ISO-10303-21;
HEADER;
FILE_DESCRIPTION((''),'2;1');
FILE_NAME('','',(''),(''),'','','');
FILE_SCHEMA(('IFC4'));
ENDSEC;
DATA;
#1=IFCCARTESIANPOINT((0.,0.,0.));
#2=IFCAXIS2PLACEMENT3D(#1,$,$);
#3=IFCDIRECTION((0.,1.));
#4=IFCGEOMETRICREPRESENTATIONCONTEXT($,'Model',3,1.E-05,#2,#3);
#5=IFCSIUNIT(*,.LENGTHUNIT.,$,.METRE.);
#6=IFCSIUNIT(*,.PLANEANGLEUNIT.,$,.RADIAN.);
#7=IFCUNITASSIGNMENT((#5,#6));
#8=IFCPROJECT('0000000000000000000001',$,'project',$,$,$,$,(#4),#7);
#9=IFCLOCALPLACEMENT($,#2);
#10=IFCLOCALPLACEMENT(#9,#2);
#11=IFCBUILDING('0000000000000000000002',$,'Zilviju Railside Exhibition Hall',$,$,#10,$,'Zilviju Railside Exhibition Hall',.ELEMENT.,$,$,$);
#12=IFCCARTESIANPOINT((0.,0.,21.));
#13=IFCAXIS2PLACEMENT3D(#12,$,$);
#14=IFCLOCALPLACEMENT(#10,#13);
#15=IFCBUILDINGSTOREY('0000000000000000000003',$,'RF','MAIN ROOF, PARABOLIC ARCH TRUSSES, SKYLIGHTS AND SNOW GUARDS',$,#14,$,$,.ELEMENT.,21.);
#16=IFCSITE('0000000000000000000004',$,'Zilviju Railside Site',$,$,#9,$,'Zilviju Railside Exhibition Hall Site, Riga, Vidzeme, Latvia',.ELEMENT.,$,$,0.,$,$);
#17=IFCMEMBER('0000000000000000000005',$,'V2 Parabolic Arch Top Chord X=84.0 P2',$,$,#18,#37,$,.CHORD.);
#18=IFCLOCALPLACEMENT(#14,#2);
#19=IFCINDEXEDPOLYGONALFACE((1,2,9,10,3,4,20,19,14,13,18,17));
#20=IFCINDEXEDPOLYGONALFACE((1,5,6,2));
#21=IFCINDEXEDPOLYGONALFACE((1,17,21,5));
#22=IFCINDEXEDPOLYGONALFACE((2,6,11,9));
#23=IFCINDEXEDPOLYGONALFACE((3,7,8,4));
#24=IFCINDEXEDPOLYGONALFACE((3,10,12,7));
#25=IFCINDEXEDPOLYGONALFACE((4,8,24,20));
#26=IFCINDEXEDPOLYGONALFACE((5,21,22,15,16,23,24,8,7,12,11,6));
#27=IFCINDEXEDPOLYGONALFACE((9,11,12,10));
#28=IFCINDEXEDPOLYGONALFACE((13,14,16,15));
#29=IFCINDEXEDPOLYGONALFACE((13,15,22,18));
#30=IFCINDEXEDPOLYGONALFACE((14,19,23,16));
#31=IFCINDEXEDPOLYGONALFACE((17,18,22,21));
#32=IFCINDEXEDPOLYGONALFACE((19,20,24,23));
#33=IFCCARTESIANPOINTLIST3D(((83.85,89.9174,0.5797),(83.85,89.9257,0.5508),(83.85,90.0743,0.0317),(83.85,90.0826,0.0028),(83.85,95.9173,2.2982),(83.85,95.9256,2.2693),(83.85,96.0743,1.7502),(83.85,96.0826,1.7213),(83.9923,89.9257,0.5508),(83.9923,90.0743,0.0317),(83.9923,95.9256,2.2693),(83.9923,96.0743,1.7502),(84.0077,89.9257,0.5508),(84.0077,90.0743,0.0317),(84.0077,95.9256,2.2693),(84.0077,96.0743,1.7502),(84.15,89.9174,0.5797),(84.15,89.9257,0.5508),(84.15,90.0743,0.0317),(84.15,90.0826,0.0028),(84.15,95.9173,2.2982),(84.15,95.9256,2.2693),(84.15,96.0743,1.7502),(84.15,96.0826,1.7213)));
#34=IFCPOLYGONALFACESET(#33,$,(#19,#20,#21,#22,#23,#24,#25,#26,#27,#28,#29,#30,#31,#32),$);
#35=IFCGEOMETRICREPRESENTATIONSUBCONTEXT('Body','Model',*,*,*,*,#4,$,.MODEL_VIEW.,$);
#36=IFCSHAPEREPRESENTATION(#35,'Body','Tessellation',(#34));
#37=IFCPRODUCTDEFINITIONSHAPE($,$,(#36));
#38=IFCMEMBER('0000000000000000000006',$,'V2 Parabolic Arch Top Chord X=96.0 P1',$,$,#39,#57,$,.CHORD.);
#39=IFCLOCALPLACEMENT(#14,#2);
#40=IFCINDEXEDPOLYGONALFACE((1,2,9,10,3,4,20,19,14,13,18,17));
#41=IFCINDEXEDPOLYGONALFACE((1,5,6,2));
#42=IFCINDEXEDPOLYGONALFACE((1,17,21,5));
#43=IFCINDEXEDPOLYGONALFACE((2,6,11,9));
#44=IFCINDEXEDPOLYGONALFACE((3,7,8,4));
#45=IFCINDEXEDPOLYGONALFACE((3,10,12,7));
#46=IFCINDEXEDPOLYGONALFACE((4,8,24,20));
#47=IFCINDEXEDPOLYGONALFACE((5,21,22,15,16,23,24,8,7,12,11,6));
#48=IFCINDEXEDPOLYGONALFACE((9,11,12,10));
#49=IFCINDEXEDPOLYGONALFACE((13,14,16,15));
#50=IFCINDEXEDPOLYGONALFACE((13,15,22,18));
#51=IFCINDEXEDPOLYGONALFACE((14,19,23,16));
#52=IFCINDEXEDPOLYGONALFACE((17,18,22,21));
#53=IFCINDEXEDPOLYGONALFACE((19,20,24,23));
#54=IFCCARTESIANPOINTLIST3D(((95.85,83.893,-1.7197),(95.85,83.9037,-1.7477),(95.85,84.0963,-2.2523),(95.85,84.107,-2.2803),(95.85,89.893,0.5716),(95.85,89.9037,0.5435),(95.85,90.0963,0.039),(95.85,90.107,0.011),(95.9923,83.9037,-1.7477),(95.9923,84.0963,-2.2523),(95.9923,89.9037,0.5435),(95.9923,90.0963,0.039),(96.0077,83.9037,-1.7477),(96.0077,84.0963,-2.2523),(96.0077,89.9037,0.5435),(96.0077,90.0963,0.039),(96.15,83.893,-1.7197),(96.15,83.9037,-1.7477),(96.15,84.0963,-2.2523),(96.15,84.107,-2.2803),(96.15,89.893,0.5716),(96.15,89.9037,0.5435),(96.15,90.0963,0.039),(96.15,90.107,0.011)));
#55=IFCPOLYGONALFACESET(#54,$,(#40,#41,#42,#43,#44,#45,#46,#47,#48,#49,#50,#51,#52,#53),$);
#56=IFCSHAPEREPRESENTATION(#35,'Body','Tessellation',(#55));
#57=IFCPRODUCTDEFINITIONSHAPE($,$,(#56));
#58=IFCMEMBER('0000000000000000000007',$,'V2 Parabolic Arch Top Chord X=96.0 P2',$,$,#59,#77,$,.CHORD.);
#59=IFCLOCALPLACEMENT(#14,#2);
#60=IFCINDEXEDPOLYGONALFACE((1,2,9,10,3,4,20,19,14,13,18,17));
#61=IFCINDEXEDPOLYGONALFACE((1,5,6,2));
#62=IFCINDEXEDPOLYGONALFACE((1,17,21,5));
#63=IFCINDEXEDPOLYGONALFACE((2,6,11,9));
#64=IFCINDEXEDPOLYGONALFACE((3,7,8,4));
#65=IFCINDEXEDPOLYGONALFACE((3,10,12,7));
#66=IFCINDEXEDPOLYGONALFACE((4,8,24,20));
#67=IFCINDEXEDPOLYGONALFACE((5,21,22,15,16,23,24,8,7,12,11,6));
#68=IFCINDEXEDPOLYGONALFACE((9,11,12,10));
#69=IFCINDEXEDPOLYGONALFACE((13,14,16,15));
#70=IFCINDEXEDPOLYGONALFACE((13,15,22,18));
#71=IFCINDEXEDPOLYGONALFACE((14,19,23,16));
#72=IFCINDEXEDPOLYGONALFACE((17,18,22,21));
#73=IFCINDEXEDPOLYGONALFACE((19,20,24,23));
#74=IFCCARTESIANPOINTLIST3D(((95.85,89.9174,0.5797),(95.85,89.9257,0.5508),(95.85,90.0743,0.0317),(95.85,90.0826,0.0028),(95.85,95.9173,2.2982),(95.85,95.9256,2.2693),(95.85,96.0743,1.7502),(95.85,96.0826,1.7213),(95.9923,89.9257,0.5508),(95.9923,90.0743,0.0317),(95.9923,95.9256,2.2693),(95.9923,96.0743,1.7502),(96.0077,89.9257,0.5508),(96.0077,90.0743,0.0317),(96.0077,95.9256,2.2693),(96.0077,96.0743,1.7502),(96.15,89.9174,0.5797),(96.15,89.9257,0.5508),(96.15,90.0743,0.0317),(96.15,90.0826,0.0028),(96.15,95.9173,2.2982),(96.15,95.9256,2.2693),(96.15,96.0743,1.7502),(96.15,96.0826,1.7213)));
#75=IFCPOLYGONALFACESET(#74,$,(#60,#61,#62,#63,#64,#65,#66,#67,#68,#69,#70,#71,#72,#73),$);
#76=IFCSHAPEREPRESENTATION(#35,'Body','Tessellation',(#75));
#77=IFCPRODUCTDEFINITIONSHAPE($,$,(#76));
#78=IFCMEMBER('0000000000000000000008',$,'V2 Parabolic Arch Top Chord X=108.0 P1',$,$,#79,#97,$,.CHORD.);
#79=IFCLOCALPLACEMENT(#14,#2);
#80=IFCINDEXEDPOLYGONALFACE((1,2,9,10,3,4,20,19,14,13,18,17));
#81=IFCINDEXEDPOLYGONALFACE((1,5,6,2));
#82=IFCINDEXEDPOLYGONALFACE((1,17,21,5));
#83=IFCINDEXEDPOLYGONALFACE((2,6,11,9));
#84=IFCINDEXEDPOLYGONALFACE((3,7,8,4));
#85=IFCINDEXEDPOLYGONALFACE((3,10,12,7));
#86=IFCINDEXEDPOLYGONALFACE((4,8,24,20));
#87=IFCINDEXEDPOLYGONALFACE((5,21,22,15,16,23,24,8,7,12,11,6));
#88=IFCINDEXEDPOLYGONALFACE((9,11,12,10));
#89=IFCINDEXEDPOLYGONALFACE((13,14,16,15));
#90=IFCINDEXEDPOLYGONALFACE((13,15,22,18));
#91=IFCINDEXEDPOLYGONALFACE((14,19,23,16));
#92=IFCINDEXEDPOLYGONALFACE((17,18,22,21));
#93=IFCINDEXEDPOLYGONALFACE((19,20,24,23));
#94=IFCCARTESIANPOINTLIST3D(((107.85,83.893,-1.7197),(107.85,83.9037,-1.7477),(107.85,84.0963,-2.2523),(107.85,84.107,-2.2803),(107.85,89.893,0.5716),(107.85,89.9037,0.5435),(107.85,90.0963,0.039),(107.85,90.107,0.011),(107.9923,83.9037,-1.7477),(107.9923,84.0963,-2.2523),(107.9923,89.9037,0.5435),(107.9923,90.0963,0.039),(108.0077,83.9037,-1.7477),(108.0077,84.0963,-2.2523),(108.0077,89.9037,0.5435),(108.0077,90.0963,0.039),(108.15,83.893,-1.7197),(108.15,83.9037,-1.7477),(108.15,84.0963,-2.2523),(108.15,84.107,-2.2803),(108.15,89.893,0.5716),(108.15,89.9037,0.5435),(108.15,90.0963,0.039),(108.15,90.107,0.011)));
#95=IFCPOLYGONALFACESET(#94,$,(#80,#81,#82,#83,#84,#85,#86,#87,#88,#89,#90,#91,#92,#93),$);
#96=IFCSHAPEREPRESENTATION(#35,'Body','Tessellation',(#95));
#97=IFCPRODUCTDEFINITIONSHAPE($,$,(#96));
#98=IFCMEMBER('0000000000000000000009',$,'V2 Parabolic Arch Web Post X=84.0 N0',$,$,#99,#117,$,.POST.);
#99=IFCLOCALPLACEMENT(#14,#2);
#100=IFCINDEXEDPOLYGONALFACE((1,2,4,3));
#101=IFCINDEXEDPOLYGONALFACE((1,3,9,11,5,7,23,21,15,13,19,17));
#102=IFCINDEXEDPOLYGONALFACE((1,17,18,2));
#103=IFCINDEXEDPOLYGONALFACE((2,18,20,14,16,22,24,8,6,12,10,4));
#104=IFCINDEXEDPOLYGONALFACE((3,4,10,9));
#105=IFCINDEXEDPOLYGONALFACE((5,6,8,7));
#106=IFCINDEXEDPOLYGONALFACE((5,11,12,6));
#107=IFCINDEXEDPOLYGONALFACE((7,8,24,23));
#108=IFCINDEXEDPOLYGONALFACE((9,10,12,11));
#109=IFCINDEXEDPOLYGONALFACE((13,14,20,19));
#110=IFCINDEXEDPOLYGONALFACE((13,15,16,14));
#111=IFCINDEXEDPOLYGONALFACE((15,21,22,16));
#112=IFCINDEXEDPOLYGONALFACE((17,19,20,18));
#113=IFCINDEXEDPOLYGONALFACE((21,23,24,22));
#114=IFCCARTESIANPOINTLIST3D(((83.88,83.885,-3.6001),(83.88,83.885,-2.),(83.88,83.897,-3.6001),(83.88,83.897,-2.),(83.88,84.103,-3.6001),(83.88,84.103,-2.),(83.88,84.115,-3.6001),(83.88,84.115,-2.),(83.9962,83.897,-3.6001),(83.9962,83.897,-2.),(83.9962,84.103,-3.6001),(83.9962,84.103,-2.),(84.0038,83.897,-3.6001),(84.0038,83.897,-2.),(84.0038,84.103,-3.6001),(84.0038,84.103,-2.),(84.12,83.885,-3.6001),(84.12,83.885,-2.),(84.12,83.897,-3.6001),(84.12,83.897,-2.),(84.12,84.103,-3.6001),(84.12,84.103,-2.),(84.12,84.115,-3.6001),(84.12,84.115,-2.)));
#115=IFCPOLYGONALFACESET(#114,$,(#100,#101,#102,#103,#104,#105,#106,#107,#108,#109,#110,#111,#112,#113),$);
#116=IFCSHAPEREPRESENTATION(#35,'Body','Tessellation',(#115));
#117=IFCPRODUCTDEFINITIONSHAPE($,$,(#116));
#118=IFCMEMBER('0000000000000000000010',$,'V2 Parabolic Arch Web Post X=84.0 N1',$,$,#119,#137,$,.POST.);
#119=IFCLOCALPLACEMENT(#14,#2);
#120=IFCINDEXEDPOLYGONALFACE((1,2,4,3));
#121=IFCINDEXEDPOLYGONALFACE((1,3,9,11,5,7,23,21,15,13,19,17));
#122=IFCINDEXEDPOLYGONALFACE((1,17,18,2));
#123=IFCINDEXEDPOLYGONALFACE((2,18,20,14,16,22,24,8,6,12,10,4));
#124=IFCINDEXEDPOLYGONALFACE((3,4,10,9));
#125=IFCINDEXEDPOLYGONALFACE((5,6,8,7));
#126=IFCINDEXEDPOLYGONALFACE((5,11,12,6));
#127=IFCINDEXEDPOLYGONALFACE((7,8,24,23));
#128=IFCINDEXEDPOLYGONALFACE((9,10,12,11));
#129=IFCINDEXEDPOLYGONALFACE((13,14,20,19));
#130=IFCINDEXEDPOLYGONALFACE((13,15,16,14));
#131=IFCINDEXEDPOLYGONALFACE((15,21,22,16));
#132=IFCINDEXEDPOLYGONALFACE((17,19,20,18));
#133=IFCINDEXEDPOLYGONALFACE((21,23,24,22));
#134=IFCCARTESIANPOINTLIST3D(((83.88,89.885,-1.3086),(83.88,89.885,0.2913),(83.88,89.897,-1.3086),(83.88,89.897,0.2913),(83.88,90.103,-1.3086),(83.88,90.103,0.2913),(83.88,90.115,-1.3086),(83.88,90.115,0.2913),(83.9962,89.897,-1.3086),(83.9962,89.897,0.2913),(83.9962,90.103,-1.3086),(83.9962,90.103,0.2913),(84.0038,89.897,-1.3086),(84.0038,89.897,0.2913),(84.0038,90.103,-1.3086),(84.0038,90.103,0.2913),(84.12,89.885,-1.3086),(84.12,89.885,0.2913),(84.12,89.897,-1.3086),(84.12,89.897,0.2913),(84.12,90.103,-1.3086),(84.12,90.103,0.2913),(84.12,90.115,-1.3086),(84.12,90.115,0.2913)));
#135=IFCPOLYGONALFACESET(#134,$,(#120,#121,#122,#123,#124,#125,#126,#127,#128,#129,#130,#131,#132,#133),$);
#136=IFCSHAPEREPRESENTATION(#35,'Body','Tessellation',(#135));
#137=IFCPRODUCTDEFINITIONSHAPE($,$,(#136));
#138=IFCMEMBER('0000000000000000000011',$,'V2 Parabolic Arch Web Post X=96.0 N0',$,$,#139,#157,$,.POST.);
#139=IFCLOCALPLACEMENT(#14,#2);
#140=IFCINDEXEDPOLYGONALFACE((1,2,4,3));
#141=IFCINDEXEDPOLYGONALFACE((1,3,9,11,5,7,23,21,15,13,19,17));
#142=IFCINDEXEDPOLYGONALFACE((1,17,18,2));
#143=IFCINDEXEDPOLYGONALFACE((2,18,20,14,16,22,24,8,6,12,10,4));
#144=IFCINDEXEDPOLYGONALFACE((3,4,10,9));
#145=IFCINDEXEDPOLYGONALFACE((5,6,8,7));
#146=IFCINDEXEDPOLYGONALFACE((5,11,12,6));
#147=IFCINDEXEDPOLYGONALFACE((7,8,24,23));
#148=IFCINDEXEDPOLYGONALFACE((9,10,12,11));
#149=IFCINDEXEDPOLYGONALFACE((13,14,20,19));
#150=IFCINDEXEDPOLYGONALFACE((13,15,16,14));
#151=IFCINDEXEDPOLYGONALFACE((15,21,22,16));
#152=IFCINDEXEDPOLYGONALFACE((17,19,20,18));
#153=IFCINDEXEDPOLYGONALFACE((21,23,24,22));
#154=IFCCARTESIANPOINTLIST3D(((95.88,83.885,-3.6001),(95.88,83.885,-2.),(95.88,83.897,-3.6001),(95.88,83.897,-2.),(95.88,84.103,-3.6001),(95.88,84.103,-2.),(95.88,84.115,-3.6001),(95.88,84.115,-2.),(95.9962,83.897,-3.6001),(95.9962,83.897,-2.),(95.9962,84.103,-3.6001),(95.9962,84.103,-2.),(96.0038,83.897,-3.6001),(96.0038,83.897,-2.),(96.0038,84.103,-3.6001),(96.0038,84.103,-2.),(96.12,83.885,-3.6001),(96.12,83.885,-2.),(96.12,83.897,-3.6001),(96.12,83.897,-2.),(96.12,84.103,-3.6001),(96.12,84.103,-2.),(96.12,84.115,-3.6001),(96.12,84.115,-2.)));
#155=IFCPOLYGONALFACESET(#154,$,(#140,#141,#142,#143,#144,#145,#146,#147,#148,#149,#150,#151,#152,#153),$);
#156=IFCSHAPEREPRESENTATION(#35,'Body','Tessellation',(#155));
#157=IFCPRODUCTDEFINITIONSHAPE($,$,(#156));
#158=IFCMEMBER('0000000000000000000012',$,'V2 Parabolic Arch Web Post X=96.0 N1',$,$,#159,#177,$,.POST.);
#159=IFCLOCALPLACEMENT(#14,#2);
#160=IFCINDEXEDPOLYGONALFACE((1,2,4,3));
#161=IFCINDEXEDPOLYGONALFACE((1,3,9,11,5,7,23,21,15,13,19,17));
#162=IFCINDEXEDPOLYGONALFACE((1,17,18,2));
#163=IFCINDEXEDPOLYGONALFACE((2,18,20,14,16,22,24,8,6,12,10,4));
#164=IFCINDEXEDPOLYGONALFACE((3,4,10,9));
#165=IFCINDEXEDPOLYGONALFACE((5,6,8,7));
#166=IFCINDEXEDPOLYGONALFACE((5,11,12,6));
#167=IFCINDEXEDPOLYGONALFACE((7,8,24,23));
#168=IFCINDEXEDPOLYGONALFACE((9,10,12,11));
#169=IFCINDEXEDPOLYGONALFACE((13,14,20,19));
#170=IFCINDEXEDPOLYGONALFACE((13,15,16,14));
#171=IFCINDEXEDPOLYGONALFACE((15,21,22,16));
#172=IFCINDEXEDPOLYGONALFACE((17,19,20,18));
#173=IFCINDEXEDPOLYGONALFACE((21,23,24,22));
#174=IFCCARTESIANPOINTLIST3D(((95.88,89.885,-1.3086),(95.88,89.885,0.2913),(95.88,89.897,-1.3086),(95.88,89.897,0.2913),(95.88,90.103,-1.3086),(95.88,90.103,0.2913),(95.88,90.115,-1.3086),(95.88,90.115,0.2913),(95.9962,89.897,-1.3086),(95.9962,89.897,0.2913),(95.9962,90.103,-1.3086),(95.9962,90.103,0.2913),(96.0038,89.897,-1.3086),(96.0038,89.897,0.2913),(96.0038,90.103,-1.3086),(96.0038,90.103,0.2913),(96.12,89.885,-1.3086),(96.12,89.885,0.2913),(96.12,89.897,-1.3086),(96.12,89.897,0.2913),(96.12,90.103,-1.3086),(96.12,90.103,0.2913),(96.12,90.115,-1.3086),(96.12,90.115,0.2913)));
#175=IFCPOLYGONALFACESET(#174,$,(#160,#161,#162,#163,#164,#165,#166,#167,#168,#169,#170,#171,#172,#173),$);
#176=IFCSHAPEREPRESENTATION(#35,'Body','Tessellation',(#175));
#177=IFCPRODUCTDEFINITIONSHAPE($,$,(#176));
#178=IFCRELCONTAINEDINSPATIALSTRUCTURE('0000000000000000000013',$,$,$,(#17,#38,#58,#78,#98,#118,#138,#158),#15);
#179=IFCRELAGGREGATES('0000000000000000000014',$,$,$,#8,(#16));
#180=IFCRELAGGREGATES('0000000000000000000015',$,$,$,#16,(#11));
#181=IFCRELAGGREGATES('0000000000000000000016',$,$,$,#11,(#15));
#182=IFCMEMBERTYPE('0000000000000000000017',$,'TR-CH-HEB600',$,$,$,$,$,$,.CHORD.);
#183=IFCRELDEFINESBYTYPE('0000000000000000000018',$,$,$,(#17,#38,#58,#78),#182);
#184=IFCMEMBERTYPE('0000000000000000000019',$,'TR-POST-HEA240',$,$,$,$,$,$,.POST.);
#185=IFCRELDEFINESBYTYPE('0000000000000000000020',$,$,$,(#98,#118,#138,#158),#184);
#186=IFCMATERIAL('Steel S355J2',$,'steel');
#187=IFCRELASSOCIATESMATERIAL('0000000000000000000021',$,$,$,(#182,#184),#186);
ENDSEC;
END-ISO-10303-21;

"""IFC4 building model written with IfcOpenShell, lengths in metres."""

from ifc_helpers import new_model, si_unit, direction, frame, origin, origin_2d, place, context, subcontext, project, spatial, i_section, extrude, material, material_profile, profile_set, type_object, element, save


model = new_model("IFC4")

# Units and contexts
model_context = context("Model", 3, precision=1e-05, world=origin(), true_north=direction((0.0, 1.0)))
body_context = subcontext(model_context, "Body", "Model", "MODEL_VIEW")
ifc_project = project(units=[si_unit("LENGTHUNIT", "METRE"), si_unit("PLANEANGLEUNIT", "RADIAN")], contexts=[model_context])

# Site, building, storey
site_placement = place(None, origin())
site = spatial("IfcSite", under=ifc_project, at=site_placement, Name="Zilviju Railside Site", LongName="Zilviju Railside Exhibition Hall Site, Riga, Vidzeme, Latvia", CompositionType="ELEMENT", RefElevation=0.0)
building_placement = place(site_placement, origin())
building = spatial("IfcBuilding", under=site, at=building_placement, Name="Zilviju Railside Exhibition Hall", LongName="Zilviju Railside Exhibition Hall", CompositionType="ELEMENT")
storey_placement = place(building_placement, frame((0.0, 0.0, 21.0)))
storey = spatial("IfcBuildingStorey", under=building, at=storey_placement, Name="RF", Description="MAIN ROOF, PARABOLIC ARCH TRUSSES, SKYLIGHTS AND SNOW GUARDS", CompositionType="ELEMENT", Elevation=21.0)

# Members
ifc_material_1 = material(Name="Steel S355J2", Category="steel")
ifc_material_profile_1 = material_profile(ifc_material_1, i_section(OverallWidth=0.3, OverallDepth=0.6001, WebThickness=0.0154, FlangeThickness=0.03, at=origin_2d()), Name="HEB 600")
ifc_profile_set_1 = profile_set([ifc_material_profile_1], Name="Steel S355J2")
member_type_1 = type_object("IfcMemberType", Name="TR-CH-HEB600", PredefinedType="CHORD", material=ifc_profile_set_1)
member_1_placement = place(storey_placement, frame((84.0, 90.0, 0.2913), z_axis=(0.0, 0.961345, 0.275346), x_axis=(-1.0, 0.0, 0.0)))
element("IfcMember", 1, at=member_1_placement, inside=storey, type_object=member_type_1, Name="V2 Parabolic Arch Top Chord X=84.0 P2", PredefinedType="CHORD", context=body_context, shape_type="SweptSolid", body=[
    extrude(i_section(OverallWidth=0.3, OverallDepth=0.6001, WebThickness=0.0154, FlangeThickness=0.03, at=origin_2d()), origin(), (0.0, 0.0, 1.0), 6.2412),
])
member_2_placement = place(storey_placement, frame((96.0, 84.0, -2.0), z_axis=(0.0, 0.9342, 0.356749), x_axis=(-1.0, 0.0, 0.0)))
element("IfcMember", 2, at=member_2_placement, inside=storey, type_object=member_type_1, Name="V2 Parabolic Arch Top Chord X=96.0 P1", PredefinedType="CHORD", context=body_context, shape_type="SweptSolid", body=[
    extrude(i_section(OverallWidth=0.3, OverallDepth=0.6001, WebThickness=0.0154, FlangeThickness=0.03, at=origin_2d()), origin(), (0.0, 0.0, 1.0), 6.4226),
])
member_3_placement = place(storey_placement, frame((96.0, 90.0, 0.2913), z_axis=(0.0, 0.961345, 0.275346), x_axis=(-1.0, 0.0, 0.0)))
element("IfcMember", 3, at=member_3_placement, inside=storey, type_object=member_type_1, Name="V2 Parabolic Arch Top Chord X=96.0 P2", PredefinedType="CHORD", context=body_context, shape_type="SweptSolid", body=[
    extrude(i_section(OverallWidth=0.3, OverallDepth=0.6001, WebThickness=0.0154, FlangeThickness=0.03, at=origin_2d()), origin(), (0.0, 0.0, 1.0), 6.2412),
])
member_4_placement = place(storey_placement, frame((108.0, 84.0, -2.0), z_axis=(0.0, 0.9342, 0.356749), x_axis=(-1.0, 0.0, 0.0)))
element("IfcMember", 4, at=member_4_placement, inside=storey, type_object=member_type_1, Name="V2 Parabolic Arch Top Chord X=108.0 P1", PredefinedType="CHORD", context=body_context, shape_type="SweptSolid", body=[
    extrude(i_section(OverallWidth=0.3, OverallDepth=0.6001, WebThickness=0.0154, FlangeThickness=0.03, at=origin_2d()), origin(), (0.0, 0.0, 1.0), 6.4226),
])
ifc_material_profile_2 = material_profile(ifc_material_1, i_section(OverallWidth=0.24, OverallDepth=0.23, WebThickness=0.0076, FlangeThickness=0.012, at=origin_2d()), Name="HEA 240")
ifc_profile_set_2 = profile_set([ifc_material_profile_2], Name="Steel S355J2")
member_type_2 = type_object("IfcMemberType", Name="TR-POST-HEA240", PredefinedType="POST", material=ifc_profile_set_2)
member_5_placement = place(storey_placement, frame((84.0, 84.0, -3.6001), z_axis=(0.0, 0.0, 1.0), x_axis=(1.0, 0.0, 0.0)))
element("IfcMember", 5, at=member_5_placement, inside=storey, type_object=member_type_2, Name="V2 Parabolic Arch Web Post X=84.0 N0", PredefinedType="POST", context=body_context, shape_type="SweptSolid", body=[
    extrude(i_section(OverallWidth=0.24, OverallDepth=0.23, WebThickness=0.0076, FlangeThickness=0.012, at=origin_2d()), origin(), (0.0, 0.0, 1.0), 1.6001),
])
member_6_placement = place(storey_placement, frame((84.0, 90.0, -1.3086), z_axis=(0.0, 0.0, 1.0), x_axis=(1.0, 0.0, 0.0)))
element("IfcMember", 6, at=member_6_placement, inside=storey, type_object=member_type_2, Name="V2 Parabolic Arch Web Post X=84.0 N1", PredefinedType="POST", context=body_context, shape_type="SweptSolid", body=[
    extrude(i_section(OverallWidth=0.24, OverallDepth=0.23, WebThickness=0.0076, FlangeThickness=0.012, at=origin_2d()), origin(), (0.0, 0.0, 1.0), 1.5999),
])
member_7_placement = place(storey_placement, frame((96.0, 84.0, -3.6001), z_axis=(0.0, 0.0, 1.0), x_axis=(1.0, 0.0, 0.0)))
element("IfcMember", 7, at=member_7_placement, inside=storey, type_object=member_type_2, Name="V2 Parabolic Arch Web Post X=96.0 N0", PredefinedType="POST", context=body_context, shape_type="SweptSolid", body=[
    extrude(i_section(OverallWidth=0.24, OverallDepth=0.23, WebThickness=0.0076, FlangeThickness=0.012, at=origin_2d()), origin(), (0.0, 0.0, 1.0), 1.6001),
])
member_8_placement = place(storey_placement, frame((96.0, 90.0, -1.3086), z_axis=(0.0, 0.0, 1.0), x_axis=(1.0, 0.0, 0.0)))
element("IfcMember", 8, at=member_8_placement, inside=storey, type_object=member_type_2, Name="V2 Parabolic Arch Web Post X=96.0 N1", PredefinedType="POST", context=body_context, shape_type="SweptSolid", body=[
    extrude(i_section(OverallWidth=0.24, OverallDepth=0.23, WebThickness=0.0076, FlangeThickness=0.012, at=origin_2d()), origin(), (0.0, 0.0, 1.0), 1.5999),
])

save(model, "model.ifc")
